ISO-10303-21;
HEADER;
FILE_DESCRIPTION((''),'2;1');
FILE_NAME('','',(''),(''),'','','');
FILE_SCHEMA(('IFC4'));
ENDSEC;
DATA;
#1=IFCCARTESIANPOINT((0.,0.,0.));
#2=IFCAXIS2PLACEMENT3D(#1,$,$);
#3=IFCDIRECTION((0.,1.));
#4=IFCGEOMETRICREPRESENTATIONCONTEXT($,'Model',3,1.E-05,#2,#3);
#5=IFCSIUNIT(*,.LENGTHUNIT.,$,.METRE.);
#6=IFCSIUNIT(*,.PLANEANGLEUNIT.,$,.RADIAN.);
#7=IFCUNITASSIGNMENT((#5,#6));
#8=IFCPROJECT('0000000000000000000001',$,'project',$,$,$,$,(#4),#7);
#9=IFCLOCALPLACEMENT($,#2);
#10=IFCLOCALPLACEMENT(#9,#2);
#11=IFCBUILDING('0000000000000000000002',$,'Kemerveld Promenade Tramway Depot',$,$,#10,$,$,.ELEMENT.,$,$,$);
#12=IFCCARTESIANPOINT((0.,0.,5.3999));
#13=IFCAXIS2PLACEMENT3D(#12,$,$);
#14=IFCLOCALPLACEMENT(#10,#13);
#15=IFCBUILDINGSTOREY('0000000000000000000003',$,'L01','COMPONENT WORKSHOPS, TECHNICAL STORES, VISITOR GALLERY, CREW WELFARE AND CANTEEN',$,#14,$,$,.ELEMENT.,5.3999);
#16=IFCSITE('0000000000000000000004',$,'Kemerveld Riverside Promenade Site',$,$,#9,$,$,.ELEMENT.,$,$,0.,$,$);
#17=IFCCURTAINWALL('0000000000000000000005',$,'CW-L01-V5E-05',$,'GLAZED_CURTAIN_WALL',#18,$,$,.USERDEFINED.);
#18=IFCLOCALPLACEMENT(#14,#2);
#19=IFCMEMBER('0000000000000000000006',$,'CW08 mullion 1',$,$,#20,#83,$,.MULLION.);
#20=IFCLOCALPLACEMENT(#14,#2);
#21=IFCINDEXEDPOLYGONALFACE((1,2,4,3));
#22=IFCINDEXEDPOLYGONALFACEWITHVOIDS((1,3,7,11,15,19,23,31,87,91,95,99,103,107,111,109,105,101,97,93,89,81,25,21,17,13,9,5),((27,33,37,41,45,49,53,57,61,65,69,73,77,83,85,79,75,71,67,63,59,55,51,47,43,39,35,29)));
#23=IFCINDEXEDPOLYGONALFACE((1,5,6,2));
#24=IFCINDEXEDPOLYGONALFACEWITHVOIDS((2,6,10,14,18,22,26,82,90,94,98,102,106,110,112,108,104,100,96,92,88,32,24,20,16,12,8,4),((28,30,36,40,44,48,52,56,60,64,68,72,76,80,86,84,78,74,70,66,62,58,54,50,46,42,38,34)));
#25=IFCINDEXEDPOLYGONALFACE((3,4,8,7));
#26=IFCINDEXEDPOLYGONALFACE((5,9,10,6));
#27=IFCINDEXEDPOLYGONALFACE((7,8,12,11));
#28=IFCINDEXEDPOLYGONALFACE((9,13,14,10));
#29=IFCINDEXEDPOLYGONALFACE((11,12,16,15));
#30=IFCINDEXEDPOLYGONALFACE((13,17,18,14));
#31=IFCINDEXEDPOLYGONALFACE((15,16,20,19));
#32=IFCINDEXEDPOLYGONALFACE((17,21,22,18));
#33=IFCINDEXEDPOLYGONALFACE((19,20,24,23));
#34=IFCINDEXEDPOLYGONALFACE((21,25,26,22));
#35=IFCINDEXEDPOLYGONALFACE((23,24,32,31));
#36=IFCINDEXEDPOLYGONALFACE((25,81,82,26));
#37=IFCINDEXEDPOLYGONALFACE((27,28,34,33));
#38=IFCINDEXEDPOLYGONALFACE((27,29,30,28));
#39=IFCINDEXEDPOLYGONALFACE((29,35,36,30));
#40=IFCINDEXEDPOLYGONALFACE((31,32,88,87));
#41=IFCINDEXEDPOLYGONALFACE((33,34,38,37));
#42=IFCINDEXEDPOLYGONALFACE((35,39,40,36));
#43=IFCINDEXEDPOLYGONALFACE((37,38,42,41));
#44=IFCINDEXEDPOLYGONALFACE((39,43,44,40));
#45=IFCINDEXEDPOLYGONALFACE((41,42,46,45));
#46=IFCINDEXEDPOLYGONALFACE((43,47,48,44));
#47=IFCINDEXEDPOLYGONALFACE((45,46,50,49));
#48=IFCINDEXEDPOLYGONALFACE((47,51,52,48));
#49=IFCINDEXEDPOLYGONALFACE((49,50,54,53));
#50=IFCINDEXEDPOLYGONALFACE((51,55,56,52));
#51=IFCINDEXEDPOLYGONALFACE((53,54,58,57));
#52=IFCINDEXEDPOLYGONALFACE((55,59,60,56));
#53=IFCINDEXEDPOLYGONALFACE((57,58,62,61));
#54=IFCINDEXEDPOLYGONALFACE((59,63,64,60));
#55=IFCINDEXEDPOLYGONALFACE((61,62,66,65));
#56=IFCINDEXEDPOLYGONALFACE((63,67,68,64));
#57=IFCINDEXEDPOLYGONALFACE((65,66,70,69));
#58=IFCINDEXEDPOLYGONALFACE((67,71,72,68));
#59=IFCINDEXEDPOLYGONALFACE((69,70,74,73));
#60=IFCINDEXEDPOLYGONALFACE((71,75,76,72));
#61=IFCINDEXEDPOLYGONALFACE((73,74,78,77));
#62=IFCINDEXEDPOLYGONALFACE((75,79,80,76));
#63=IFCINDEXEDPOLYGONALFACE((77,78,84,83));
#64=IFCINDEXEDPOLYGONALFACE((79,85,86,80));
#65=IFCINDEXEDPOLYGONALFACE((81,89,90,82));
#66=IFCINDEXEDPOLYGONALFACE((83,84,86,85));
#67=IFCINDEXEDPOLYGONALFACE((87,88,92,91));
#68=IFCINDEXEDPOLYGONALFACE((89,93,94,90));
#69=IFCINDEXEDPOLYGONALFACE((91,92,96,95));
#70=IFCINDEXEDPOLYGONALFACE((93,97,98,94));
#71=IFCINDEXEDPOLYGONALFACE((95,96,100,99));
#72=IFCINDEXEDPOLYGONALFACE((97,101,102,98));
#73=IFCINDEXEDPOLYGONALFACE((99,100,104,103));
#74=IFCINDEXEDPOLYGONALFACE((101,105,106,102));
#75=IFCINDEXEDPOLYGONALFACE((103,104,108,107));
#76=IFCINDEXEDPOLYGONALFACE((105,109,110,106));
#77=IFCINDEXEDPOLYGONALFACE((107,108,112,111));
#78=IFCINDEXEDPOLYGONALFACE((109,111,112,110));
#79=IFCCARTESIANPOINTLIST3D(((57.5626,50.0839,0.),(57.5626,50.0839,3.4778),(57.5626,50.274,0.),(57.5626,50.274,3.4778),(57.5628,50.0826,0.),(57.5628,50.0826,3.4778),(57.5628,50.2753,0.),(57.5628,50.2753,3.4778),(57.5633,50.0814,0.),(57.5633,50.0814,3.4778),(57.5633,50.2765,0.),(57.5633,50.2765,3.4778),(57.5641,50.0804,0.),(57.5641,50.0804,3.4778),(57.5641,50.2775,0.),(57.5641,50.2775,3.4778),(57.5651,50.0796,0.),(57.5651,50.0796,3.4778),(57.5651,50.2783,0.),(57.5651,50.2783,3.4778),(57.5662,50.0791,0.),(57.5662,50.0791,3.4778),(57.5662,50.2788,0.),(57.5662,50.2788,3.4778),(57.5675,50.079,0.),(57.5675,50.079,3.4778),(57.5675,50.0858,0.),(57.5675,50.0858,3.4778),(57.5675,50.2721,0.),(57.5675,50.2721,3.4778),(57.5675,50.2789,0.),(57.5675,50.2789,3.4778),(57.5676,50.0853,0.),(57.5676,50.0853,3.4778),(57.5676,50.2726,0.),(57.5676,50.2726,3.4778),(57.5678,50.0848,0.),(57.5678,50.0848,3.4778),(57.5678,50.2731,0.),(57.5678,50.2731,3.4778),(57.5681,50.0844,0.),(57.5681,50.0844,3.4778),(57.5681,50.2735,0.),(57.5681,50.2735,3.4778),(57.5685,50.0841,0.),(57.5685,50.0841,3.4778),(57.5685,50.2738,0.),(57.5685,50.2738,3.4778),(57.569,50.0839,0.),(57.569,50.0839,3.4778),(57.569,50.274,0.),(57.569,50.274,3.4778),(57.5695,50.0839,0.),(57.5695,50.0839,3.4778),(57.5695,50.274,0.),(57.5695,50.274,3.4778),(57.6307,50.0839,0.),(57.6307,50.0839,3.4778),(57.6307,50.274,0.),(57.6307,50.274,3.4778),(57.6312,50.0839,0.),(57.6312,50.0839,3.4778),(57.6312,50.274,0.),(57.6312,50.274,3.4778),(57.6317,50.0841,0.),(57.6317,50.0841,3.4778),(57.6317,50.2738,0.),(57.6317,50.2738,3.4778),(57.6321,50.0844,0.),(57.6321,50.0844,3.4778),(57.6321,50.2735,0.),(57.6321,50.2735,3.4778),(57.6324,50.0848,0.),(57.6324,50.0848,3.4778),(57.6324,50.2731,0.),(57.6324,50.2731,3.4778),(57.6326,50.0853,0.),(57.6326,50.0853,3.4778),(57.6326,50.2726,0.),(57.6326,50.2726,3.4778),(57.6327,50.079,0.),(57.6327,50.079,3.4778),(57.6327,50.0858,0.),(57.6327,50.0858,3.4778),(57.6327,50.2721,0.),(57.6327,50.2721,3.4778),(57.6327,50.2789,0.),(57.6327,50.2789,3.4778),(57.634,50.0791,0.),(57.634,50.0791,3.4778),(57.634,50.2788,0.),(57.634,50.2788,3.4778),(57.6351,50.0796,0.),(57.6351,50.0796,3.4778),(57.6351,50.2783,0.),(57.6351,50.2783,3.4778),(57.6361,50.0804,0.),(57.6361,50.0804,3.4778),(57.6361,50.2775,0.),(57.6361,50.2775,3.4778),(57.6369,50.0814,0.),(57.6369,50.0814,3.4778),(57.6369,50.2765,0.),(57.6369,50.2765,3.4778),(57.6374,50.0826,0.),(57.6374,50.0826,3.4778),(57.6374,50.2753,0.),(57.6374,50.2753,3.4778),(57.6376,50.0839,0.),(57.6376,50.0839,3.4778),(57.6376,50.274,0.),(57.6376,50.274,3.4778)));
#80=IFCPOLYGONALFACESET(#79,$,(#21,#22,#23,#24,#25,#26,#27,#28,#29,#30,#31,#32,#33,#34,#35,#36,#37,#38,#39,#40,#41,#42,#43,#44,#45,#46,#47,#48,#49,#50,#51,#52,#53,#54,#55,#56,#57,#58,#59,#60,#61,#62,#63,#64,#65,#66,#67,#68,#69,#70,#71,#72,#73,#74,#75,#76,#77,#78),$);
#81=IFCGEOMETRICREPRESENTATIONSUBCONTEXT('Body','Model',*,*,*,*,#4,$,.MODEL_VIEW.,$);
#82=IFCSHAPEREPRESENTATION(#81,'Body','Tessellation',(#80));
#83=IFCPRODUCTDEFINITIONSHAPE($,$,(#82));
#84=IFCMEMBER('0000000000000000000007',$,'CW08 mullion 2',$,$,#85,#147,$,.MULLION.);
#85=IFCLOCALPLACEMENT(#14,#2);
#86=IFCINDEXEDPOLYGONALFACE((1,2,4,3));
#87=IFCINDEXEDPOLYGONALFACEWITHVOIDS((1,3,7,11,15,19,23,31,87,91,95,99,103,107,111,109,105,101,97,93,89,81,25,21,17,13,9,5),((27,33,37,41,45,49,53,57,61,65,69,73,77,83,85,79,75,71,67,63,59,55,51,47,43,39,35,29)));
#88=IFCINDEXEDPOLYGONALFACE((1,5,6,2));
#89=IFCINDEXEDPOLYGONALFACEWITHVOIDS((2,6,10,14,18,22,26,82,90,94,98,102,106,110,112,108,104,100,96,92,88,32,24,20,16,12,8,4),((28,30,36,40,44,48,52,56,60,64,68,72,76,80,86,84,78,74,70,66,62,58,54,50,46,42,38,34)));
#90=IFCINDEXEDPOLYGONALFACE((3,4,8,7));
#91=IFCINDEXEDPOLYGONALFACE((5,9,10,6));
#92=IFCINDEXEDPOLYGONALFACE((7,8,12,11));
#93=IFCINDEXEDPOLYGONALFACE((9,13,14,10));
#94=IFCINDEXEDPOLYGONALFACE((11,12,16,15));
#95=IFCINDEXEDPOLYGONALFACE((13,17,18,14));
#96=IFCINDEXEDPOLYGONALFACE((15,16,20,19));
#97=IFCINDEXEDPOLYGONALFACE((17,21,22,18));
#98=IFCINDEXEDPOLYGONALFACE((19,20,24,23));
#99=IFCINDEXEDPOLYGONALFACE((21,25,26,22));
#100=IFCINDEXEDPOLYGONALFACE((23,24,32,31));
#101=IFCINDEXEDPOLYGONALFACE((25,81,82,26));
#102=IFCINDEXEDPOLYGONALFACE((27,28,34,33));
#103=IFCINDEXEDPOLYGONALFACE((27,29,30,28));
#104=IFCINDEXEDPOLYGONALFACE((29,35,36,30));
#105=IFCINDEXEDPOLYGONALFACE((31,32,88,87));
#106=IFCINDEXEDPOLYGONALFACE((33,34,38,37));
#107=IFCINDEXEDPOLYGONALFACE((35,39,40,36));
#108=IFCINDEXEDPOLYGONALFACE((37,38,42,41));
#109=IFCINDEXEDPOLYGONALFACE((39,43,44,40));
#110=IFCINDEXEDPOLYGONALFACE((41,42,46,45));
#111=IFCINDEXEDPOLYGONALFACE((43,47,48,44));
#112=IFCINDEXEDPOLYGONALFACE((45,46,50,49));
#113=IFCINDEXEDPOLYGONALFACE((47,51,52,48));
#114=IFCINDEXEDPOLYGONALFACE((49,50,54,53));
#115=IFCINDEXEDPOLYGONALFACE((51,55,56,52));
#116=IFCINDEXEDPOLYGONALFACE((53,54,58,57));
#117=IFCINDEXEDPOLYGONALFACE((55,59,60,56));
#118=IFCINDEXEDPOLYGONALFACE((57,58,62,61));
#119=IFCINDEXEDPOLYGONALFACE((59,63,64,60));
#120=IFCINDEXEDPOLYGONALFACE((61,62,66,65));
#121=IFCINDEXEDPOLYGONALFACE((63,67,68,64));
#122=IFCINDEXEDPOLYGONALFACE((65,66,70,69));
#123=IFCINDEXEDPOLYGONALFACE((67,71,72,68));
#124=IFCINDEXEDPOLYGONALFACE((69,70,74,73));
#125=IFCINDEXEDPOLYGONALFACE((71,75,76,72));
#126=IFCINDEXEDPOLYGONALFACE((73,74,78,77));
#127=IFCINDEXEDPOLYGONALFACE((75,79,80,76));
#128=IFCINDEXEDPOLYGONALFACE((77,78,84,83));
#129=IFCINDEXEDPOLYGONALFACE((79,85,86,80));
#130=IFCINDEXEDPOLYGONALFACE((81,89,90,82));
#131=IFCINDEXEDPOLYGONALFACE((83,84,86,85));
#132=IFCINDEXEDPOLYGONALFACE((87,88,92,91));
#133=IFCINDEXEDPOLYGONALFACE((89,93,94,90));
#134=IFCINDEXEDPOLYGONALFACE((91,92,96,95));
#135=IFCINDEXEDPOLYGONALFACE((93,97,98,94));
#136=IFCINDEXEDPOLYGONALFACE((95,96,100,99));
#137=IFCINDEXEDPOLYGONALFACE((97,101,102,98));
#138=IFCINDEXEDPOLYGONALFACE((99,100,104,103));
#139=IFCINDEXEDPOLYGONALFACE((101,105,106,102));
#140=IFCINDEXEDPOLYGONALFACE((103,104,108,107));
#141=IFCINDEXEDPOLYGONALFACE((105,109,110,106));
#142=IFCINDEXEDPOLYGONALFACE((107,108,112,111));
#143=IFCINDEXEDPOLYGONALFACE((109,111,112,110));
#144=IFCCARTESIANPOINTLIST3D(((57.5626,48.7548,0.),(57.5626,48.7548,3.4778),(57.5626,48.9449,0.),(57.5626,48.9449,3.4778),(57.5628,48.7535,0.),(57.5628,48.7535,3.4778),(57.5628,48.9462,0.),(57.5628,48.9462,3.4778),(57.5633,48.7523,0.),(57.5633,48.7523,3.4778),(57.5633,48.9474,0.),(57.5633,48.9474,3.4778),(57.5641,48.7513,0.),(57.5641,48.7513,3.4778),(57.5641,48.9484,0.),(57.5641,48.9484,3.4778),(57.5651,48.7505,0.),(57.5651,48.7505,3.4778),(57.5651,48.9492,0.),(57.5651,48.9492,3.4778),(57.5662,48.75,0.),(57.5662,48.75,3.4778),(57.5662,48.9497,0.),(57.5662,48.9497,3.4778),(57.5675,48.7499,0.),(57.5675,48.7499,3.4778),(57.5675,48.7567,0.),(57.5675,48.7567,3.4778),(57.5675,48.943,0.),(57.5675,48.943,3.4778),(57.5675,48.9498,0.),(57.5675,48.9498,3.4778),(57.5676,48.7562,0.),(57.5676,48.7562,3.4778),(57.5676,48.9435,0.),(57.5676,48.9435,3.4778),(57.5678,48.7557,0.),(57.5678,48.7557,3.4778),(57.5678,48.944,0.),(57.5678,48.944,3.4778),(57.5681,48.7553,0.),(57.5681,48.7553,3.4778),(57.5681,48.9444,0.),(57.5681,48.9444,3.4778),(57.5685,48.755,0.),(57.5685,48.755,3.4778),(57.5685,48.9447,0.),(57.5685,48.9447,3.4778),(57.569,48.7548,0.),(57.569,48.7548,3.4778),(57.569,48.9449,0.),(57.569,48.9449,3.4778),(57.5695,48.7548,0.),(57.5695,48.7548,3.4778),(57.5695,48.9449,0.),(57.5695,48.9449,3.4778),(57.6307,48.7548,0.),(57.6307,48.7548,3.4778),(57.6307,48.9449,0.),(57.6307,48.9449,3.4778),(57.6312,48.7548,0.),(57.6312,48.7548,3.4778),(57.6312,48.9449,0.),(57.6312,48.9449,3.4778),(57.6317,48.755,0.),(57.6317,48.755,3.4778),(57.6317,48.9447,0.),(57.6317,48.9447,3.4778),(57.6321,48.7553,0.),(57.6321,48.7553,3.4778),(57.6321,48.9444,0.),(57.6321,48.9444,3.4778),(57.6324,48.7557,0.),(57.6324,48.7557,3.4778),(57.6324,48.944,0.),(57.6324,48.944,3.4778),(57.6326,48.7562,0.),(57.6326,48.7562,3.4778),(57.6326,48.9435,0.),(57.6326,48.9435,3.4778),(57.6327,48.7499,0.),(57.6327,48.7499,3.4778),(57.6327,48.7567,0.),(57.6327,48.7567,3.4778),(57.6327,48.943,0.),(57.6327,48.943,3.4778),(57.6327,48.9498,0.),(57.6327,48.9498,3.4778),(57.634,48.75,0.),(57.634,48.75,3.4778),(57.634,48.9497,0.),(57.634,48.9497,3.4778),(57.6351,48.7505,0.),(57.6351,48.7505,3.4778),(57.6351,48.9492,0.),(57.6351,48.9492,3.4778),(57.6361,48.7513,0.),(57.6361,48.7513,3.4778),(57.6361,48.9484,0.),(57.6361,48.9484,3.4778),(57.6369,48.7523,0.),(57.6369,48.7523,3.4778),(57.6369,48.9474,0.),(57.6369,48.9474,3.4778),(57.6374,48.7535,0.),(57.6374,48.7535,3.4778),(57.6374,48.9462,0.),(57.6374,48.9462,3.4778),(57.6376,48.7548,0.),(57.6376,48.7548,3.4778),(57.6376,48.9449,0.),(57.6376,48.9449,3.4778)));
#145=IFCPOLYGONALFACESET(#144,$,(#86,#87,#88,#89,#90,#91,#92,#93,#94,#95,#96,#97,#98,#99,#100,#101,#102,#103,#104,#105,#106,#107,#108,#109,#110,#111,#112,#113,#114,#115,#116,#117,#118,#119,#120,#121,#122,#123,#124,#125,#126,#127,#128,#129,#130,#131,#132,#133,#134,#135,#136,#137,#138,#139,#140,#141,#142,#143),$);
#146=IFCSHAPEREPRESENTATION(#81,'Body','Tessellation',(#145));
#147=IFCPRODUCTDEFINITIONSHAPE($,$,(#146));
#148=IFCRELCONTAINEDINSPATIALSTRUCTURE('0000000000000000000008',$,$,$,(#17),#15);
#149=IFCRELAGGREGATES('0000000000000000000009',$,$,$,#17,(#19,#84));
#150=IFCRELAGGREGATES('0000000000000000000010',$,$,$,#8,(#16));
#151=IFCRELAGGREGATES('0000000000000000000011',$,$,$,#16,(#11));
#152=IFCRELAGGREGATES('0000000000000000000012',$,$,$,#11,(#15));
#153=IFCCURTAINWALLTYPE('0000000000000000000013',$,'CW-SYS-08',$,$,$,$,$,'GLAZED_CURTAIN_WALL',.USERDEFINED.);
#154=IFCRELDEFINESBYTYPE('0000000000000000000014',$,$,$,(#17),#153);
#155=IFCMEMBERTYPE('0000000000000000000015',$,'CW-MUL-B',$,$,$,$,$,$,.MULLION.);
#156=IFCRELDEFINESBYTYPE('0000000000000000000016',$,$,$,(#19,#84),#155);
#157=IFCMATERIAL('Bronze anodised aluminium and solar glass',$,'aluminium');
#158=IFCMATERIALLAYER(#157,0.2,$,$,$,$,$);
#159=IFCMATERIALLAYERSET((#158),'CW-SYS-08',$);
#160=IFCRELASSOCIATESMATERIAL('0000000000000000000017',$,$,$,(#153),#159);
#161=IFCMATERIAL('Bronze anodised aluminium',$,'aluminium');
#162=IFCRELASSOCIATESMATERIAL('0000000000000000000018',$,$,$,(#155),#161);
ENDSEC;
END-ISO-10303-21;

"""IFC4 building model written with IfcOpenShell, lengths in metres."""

from ifc_helpers import new_model, si_unit, direction, frame, origin, origin_2d, place, context, subcontext, project, spatial, hollow_rectangle, extrude, material, layer, layer_set, material_profile, profile_set, type_object, element, aggregate, save


model = new_model("IFC4")

# Units and contexts
model_context = context("Model", 3, precision=1e-05, world=origin(), true_north=direction((0.0, 1.0)))
body_context = subcontext(model_context, "Body", "Model", "MODEL_VIEW")
ifc_project = project(units=[si_unit("LENGTHUNIT", "METRE"), si_unit("PLANEANGLEUNIT", "RADIAN")], contexts=[model_context])

# Site, building, storey
site_placement = place(None, origin())
site = spatial("IfcSite", under=ifc_project, at=site_placement, Name="Kemerveld Riverside Promenade Site", CompositionType="ELEMENT", RefElevation=0.0)
building_placement = place(site_placement, origin())
building = spatial("IfcBuilding", under=site, at=building_placement, Name="Kemerveld Promenade Tramway Depot", CompositionType="ELEMENT")
storey_placement = place(building_placement, frame((0.0, 0.0, 5.3999)))
storey = spatial("IfcBuildingStorey", under=building, at=storey_placement, Name="L01", Description="COMPONENT WORKSHOPS, TECHNICAL STORES, VISITOR GALLERY, CREW WELFARE AND CANTEEN", CompositionType="ELEMENT", Elevation=5.3999)

# Curtain wall, members
ifc_material_1 = material(Name="Bronze anodised aluminium and solar glass", Category="aluminium")
ifc_layer_1 = layer(ifc_material_1, 0.2)
ifc_layer_set_1 = layer_set([ifc_layer_1], Name="CW-SYS-08")
curtain_wall_type = type_object("IfcCurtainWallType", Name="CW-SYS-08", ElementType="GLAZED_CURTAIN_WALL", PredefinedType="USERDEFINED", material=ifc_layer_set_1)
curtain_wall_placement = place(storey_placement, origin())
curtain_wall = element("IfcCurtainWall", 1, at=curtain_wall_placement, inside=storey, type_object=curtain_wall_type, Name="CW-L01-V5E-05", ObjectType="GLAZED_CURTAIN_WALL", PredefinedType="USERDEFINED")
ifc_material_2 = material(Name="Bronze anodised aluminium", Category="aluminium")
ifc_material_profile_1 = material_profile(ifc_material_2, hollow_rectangle(XDim=0.075, YDim=0.2, WallThickness=0.0049, InnerFilletRadius=0.002, OuterFilletRadius=0.0049, at=origin_2d()), Name="CW-MUL-200x75")
ifc_profile_set_1 = profile_set([ifc_material_profile_1], Name="Bronze anodised aluminium")
member_type_1 = type_object("IfcMemberType", Name="CW-MUL-B", PredefinedType="MULLION", material=ifc_profile_set_1)
member_1_placement = place(storey_placement, frame((57.6001, 50.179, 0.0), z_axis=(0.0, 0.0, 1.0), x_axis=(1.0, 0.0, 0.0)))
member_1 = element("IfcMember", 2, at=member_1_placement, type_object=member_type_1, Name="CW08 mullion 1", PredefinedType="MULLION", context=body_context, shape_type="SweptSolid", body=[
    extrude(hollow_rectangle(XDim=0.075, YDim=0.2, WallThickness=0.0049, InnerFilletRadius=0.002, OuterFilletRadius=0.0049, at=origin_2d()), origin(), (0.0, 0.0, 1.0), 3.4778),
])
member_2_placement = place(storey_placement, frame((57.6001, 48.8499, 0.0), z_axis=(0.0, 0.0, 1.0), x_axis=(1.0, 0.0, 0.0)))
member_2 = element("IfcMember", 3, at=member_2_placement, type_object=member_type_1, Name="CW08 mullion 2", PredefinedType="MULLION", context=body_context, shape_type="SweptSolid", body=[
    extrude(hollow_rectangle(XDim=0.075, YDim=0.2, WallThickness=0.0049, InnerFilletRadius=0.002, OuterFilletRadius=0.0049, at=origin_2d()), origin(), (0.0, 0.0, 1.0), 3.4778),
])
aggregate(curtain_wall, [member_1, member_2])

save(model, "model.ifc")
